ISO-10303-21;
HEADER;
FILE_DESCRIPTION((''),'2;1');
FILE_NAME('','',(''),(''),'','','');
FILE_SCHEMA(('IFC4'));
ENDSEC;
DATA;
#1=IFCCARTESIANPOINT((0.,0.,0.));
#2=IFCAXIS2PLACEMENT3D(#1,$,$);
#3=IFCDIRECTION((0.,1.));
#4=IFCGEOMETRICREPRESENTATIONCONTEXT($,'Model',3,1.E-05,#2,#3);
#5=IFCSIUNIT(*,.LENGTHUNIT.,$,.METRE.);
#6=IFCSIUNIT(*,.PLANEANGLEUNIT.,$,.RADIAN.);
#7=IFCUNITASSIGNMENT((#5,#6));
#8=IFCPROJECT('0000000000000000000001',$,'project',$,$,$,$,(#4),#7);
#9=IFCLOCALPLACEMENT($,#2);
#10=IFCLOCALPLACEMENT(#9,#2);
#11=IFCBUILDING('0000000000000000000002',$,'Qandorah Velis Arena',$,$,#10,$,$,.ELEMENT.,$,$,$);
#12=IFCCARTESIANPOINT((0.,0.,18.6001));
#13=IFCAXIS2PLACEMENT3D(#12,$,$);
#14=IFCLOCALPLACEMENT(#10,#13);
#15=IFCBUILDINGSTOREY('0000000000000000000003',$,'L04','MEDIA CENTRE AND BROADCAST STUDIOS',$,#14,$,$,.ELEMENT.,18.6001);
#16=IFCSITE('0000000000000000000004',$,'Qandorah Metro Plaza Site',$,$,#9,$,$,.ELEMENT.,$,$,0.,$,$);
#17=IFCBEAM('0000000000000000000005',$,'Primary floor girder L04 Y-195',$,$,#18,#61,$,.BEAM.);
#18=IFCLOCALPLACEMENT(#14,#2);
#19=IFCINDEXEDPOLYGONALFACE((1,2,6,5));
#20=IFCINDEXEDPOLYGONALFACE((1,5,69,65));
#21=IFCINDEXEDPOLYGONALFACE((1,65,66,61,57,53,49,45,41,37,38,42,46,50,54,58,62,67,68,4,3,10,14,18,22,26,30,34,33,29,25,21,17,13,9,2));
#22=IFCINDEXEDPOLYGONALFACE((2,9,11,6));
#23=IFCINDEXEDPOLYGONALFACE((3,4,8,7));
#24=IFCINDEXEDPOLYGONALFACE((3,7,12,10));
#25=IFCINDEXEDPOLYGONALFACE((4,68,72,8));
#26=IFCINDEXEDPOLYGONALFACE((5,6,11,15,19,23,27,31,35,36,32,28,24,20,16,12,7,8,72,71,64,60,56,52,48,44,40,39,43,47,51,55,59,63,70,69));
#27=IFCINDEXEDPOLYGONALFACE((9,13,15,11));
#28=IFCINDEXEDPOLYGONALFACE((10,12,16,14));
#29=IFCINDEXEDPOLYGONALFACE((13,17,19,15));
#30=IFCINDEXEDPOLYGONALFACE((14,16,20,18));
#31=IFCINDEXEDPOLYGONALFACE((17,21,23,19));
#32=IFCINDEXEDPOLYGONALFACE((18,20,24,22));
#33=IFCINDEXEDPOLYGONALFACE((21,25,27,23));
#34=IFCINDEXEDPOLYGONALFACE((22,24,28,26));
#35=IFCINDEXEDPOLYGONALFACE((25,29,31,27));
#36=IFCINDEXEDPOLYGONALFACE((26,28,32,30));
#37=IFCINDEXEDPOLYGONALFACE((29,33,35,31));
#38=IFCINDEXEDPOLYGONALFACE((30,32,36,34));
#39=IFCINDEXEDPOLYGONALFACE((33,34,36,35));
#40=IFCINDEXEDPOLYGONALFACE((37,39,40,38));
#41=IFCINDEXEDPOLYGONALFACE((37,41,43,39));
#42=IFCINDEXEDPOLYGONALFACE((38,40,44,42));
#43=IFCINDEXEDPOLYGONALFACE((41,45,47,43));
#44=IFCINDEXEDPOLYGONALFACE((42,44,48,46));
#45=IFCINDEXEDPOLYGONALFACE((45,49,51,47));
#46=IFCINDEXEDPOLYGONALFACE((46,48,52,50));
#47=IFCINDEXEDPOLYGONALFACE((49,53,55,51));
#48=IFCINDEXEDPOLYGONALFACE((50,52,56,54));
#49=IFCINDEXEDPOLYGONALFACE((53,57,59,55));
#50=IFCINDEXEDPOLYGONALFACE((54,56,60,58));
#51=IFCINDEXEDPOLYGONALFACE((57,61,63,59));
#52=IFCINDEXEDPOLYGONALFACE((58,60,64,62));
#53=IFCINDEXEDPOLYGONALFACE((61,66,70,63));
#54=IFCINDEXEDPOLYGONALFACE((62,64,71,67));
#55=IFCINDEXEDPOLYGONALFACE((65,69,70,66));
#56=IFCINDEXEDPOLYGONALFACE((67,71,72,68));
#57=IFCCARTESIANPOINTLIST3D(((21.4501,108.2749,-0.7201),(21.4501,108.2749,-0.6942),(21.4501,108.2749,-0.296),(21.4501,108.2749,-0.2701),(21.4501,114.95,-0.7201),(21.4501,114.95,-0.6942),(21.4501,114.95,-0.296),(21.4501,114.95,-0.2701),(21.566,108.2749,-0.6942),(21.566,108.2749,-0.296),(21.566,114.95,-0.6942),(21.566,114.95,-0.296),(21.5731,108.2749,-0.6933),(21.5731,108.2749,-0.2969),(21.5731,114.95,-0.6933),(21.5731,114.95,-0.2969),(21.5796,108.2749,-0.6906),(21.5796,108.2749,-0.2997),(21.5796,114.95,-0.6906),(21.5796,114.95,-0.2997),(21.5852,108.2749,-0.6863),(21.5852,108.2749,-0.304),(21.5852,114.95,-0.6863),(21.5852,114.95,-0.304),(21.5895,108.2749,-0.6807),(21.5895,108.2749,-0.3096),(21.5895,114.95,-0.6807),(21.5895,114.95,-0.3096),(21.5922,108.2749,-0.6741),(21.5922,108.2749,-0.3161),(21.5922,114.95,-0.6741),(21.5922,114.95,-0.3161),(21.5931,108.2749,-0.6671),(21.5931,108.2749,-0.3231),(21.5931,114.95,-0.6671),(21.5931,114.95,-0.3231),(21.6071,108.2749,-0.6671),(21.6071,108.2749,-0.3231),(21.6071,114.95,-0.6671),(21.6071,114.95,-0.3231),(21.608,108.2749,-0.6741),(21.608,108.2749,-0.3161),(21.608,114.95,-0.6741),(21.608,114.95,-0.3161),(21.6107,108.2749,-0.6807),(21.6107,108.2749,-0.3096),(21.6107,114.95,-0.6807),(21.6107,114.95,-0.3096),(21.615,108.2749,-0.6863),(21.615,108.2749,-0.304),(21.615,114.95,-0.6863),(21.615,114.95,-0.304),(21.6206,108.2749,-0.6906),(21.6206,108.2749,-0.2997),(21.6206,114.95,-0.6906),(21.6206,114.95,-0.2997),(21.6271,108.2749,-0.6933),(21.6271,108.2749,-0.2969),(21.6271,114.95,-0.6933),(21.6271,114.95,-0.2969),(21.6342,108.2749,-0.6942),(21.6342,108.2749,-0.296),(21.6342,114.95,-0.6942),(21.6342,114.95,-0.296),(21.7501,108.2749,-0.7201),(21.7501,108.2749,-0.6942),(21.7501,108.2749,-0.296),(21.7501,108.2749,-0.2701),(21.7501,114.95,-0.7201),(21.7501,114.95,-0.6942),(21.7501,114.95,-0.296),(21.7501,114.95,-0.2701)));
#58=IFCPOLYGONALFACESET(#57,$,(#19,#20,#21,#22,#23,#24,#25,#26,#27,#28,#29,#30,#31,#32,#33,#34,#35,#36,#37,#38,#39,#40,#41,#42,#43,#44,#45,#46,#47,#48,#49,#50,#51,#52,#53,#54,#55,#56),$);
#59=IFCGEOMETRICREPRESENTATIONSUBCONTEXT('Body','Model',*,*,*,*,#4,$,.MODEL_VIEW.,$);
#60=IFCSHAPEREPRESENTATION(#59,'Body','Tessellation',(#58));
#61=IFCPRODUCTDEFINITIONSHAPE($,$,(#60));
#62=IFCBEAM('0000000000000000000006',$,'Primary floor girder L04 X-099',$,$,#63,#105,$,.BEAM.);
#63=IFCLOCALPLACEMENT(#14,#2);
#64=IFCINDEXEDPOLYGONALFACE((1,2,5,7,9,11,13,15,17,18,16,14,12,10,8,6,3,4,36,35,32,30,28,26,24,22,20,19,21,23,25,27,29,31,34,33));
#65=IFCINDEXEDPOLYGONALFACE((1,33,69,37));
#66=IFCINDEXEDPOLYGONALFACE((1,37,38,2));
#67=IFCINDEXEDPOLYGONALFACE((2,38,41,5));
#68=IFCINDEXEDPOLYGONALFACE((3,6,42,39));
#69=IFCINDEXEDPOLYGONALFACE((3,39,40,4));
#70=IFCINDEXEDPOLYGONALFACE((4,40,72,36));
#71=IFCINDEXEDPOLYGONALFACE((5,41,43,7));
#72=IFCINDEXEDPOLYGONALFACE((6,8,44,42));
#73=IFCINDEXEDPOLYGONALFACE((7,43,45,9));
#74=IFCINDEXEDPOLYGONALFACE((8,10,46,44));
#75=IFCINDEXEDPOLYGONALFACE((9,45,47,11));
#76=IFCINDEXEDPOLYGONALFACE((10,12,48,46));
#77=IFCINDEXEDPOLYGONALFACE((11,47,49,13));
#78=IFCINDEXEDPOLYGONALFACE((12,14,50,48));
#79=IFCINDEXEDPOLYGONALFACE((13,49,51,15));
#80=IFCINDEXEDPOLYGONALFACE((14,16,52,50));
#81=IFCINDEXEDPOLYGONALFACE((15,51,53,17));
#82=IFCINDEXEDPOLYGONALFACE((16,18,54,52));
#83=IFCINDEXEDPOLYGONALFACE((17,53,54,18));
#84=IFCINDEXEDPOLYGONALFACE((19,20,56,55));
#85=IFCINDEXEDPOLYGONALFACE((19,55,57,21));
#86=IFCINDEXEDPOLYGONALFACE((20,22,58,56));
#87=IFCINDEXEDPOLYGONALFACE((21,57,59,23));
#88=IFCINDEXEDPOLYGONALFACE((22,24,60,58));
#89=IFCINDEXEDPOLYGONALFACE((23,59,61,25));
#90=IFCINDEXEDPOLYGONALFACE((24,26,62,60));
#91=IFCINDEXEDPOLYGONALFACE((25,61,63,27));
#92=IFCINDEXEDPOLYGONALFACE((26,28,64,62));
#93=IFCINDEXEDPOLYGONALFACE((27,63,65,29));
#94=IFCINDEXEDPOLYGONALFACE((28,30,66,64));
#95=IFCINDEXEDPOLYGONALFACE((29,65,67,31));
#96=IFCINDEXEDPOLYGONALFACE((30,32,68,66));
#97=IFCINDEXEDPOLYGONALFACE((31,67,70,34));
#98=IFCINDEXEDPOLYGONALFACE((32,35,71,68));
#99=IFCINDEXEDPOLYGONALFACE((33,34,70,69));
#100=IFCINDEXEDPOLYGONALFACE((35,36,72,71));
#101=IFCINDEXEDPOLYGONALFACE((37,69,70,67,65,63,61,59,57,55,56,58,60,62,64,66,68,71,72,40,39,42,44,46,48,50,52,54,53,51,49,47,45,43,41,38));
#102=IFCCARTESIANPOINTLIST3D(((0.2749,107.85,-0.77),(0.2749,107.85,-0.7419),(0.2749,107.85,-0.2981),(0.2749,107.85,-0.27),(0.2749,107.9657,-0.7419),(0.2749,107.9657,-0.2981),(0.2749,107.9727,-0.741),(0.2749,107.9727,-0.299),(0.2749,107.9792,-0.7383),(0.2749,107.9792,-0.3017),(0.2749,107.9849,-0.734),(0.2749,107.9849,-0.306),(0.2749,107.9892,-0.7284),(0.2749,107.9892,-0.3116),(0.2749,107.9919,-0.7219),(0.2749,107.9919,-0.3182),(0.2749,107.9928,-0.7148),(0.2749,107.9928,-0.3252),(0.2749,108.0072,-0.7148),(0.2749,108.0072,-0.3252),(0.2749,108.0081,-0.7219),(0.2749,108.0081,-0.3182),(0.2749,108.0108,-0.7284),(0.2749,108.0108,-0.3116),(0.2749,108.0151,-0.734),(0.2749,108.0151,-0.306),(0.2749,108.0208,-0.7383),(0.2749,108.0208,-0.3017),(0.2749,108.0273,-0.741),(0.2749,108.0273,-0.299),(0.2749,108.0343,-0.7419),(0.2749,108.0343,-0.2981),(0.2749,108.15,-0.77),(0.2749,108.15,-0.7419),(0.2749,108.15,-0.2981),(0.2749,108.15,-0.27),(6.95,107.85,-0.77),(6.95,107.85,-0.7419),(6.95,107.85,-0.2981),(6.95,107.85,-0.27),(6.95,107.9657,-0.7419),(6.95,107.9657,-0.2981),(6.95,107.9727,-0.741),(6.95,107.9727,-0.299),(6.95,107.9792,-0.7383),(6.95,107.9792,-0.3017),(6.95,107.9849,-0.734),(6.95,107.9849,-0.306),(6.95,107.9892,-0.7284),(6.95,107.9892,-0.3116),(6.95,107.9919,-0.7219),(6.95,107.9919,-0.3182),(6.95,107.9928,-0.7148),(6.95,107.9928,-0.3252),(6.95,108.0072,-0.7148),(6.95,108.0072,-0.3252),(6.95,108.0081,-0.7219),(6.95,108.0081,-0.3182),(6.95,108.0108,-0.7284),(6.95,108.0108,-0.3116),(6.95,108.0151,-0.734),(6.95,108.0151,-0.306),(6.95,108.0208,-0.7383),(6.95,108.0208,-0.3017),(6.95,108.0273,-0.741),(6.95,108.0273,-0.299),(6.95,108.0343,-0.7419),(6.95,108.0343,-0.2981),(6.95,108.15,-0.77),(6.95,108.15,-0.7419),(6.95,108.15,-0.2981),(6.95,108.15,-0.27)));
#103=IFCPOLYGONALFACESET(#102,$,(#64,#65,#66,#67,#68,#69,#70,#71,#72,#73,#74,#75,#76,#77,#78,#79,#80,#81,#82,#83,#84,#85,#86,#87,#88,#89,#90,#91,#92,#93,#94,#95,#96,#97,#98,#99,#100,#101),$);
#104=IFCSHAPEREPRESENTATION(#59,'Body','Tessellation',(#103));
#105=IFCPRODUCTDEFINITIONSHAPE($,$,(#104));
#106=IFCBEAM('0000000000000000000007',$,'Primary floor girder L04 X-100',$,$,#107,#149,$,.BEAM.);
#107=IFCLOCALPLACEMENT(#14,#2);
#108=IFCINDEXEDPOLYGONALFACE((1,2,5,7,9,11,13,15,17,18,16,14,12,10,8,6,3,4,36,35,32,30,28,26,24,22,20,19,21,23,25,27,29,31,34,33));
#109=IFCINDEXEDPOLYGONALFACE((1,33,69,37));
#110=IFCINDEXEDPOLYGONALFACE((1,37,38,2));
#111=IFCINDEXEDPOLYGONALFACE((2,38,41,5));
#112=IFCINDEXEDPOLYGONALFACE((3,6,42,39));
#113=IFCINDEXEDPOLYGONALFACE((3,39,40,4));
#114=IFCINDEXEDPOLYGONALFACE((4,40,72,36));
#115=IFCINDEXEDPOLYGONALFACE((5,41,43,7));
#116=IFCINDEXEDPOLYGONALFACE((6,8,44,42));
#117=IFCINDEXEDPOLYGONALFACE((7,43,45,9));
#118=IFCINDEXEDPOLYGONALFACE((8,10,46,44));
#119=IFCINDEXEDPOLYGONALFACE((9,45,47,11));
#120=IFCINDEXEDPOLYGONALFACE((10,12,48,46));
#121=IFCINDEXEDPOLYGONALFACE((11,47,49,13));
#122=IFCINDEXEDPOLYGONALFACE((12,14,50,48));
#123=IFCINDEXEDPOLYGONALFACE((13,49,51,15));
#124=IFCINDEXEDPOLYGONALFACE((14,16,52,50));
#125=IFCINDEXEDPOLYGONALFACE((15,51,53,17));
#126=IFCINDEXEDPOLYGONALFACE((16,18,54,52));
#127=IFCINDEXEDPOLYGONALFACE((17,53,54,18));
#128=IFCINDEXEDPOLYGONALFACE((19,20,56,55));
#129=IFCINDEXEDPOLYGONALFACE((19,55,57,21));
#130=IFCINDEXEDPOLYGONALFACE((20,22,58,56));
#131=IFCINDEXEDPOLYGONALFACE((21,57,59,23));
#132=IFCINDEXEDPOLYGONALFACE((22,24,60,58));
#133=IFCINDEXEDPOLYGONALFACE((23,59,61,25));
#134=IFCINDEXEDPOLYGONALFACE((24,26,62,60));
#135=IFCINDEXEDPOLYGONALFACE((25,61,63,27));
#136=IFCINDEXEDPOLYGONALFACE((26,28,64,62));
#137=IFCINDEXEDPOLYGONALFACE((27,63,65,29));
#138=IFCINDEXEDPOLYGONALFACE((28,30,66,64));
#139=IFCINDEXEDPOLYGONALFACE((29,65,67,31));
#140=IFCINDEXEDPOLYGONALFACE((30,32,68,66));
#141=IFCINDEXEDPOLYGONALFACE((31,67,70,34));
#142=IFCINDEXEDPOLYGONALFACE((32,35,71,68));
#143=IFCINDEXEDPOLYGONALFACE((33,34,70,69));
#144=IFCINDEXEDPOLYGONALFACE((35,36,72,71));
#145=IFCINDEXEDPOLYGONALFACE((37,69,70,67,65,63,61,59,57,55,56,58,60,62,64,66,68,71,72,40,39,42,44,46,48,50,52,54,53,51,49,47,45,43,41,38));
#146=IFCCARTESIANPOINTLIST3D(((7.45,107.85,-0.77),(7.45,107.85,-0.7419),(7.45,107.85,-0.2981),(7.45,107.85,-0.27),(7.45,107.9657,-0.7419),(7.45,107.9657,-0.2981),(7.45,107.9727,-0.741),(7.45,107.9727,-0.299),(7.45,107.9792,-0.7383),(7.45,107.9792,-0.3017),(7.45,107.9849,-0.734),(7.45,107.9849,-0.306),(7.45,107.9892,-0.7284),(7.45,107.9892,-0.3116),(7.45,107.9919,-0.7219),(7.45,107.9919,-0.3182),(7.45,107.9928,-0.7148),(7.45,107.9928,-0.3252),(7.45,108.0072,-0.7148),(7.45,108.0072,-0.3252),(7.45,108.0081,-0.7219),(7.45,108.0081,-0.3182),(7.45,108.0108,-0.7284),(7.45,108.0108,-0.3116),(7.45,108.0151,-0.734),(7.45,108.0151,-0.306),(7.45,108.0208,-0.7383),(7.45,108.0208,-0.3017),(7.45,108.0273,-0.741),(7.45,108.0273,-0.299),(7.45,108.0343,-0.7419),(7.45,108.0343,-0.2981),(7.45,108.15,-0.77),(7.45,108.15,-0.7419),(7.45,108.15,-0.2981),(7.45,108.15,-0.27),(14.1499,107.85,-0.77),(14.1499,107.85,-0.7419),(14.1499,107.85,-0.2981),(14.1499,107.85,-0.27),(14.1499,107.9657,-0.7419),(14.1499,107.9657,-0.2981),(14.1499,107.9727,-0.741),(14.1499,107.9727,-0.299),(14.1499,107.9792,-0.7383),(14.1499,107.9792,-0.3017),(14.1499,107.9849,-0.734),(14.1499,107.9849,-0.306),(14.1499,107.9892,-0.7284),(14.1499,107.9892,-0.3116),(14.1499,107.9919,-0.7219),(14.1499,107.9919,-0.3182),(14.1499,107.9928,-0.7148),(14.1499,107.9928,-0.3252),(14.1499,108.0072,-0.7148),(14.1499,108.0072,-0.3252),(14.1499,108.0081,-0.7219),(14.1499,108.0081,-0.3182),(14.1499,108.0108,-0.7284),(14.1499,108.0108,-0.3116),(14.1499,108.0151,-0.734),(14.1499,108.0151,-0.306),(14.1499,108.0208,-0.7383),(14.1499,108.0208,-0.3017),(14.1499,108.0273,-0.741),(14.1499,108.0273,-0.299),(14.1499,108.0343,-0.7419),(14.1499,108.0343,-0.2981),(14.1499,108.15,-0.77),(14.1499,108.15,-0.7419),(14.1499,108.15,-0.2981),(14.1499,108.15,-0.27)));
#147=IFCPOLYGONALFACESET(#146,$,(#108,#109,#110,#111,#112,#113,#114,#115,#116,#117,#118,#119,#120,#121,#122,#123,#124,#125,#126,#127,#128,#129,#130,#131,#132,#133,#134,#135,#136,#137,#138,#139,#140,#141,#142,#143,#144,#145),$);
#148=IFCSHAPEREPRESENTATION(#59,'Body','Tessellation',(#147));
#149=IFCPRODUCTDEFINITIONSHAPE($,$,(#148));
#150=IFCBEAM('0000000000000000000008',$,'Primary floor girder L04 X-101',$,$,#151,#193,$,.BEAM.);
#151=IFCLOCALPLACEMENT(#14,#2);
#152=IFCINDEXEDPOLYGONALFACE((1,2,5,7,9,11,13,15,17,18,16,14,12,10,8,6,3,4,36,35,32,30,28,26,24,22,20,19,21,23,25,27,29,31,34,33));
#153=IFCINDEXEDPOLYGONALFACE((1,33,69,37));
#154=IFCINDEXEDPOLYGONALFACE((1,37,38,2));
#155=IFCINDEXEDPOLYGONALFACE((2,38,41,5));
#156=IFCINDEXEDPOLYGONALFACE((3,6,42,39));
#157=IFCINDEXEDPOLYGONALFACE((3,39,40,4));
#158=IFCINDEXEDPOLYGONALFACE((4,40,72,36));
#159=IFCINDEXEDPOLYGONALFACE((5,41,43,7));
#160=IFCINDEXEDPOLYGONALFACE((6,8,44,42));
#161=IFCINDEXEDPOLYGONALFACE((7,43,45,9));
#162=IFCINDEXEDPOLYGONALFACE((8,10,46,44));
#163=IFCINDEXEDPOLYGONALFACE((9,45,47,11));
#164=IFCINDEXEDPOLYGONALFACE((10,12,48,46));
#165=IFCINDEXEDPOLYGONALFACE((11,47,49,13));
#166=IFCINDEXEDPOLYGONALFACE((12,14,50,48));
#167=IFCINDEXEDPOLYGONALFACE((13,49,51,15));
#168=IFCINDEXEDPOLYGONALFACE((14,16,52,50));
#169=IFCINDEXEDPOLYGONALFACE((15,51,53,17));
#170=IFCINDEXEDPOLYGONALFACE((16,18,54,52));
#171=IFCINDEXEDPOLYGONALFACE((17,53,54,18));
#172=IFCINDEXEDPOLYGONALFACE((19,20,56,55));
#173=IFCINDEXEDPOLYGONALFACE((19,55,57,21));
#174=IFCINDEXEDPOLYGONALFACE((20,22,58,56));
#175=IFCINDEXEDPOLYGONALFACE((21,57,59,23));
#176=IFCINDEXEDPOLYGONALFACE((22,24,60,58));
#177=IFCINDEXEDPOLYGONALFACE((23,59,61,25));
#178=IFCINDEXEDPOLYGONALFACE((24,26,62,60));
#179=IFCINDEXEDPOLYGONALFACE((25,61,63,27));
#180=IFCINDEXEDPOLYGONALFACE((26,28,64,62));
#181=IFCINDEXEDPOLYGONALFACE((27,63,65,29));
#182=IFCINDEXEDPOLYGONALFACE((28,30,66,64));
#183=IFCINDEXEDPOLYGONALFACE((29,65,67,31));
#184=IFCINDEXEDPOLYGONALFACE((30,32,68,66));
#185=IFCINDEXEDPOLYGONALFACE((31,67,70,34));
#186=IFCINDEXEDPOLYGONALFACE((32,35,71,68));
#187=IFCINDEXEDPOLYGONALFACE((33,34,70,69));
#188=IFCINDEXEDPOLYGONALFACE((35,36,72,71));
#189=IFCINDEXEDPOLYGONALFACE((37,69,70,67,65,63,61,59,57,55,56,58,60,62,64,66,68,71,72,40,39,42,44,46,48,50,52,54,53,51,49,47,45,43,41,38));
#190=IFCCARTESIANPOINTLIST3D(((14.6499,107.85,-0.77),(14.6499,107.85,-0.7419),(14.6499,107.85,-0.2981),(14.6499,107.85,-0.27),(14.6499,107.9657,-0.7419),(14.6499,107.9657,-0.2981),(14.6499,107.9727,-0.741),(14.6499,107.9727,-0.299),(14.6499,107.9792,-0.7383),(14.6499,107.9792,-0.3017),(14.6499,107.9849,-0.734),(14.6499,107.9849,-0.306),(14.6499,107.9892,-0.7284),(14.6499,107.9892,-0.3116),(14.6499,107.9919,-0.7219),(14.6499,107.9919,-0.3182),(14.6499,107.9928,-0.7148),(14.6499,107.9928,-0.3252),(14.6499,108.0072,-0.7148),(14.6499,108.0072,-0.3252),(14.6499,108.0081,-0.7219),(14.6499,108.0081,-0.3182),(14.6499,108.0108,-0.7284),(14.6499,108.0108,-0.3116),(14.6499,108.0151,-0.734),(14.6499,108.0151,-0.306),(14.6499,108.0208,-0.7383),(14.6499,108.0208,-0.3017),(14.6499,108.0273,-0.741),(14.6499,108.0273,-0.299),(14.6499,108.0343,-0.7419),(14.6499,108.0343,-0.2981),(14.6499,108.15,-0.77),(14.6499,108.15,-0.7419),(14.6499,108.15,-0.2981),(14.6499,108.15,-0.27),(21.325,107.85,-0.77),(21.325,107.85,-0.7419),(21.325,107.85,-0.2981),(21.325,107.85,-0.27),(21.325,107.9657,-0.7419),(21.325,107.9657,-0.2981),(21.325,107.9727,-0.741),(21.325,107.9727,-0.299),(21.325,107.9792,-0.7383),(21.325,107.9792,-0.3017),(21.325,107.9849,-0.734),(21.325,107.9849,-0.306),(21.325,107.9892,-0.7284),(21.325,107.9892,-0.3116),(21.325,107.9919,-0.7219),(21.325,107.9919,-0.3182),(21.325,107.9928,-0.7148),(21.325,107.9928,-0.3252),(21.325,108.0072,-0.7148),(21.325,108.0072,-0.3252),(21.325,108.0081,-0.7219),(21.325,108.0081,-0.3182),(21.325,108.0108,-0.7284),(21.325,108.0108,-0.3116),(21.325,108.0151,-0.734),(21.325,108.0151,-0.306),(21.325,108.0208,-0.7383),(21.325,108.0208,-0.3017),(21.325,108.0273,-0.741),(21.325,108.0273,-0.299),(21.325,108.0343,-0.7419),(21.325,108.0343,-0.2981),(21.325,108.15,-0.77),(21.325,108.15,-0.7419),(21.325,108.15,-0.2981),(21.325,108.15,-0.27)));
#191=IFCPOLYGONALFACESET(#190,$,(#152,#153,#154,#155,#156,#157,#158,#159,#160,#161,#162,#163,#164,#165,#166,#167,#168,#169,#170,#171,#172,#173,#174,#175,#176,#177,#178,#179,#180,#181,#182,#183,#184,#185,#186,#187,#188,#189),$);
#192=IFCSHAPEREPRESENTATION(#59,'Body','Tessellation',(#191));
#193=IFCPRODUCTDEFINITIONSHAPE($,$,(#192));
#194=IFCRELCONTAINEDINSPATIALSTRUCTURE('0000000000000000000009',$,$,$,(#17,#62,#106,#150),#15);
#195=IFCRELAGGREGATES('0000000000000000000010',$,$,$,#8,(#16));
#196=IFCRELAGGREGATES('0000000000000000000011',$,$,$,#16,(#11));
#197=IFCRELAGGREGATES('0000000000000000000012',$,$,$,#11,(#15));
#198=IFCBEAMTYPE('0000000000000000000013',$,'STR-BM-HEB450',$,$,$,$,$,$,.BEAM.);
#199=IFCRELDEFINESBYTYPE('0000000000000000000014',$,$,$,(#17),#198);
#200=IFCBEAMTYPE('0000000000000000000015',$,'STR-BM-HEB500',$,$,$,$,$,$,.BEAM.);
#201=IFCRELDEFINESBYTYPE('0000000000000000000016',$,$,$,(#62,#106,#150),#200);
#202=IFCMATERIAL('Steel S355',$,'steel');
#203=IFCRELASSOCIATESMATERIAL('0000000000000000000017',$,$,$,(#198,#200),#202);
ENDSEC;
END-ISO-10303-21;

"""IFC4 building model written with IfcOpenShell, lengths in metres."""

from ifc_helpers import new_model, si_unit, direction, frame, origin, origin_2d, place, context, subcontext, project, spatial, i_section, extrude, material, material_profile, profile_set, type_object, element, save


model = new_model("IFC4")

# Units and contexts
model_context = context("Model", 3, precision=1e-05, world=origin(), true_north=direction((0.0, 1.0)))
body_context = subcontext(model_context, "Body", "Model", "MODEL_VIEW")
ifc_project = project(units=[si_unit("LENGTHUNIT", "METRE"), si_unit("PLANEANGLEUNIT", "RADIAN")], contexts=[model_context])

# Site, building, storey
site_placement = place(None, origin())
site = spatial("IfcSite", under=ifc_project, at=site_placement, Name="Qandorah Metro Plaza Site", CompositionType="ELEMENT", RefElevation=0.0)
building_placement = place(site_placement, origin())
building = spatial("IfcBuilding", under=site, at=building_placement, Name="Qandorah Velis Arena", CompositionType="ELEMENT")
storey_placement = place(building_placement, frame((0.0, 0.0, 18.6001)))
storey = spatial("IfcBuildingStorey", under=building, at=storey_placement, Name="L04", Description="MEDIA CENTRE AND BROADCAST STUDIOS", CompositionType="ELEMENT", Elevation=18.6001)

# Shared definitions
ifc_material_1 = material(Name="Steel S355", Category="steel")

# Beams
ifc_material_profile_1 = material_profile(ifc_material_1, i_section(OverallWidth=0.3, OverallDepth=0.45, WebThickness=0.0139, FlangeThickness=0.0259, FilletRadius=0.0271, at=origin_2d()), Name="HEB 450")
ifc_profile_set_1 = profile_set([ifc_material_profile_1], Name="Steel S355")
beam_type_1 = type_object("IfcBeamType", Name="STR-BM-HEB450", PredefinedType="BEAM", material=ifc_profile_set_1)
beam_1_placement = place(storey_placement, frame((21.6001, 108.2749, -0.4951), z_axis=(0.0, 1.0, 0.0), x_axis=(-1.0, 0.0, 0.0)))
element("IfcBeam", 1, at=beam_1_placement, inside=storey, type_object=beam_type_1, Name="Primary floor girder L04 Y-195", PredefinedType="BEAM", context=body_context, shape_type="SweptSolid", body=[
    extrude(i_section(OverallWidth=0.3, OverallDepth=0.45, WebThickness=0.0139, FlangeThickness=0.0259, FilletRadius=0.0271, at=origin_2d()), origin(), (0.0, 0.0, 1.0), 6.675),
])
ifc_material_profile_2 = material_profile(ifc_material_1, i_section(OverallWidth=0.3, OverallDepth=0.5, WebThickness=0.0144, FlangeThickness=0.0281, FilletRadius=0.0271, at=origin_2d()), Name="HEB 500")
ifc_profile_set_2 = profile_set([ifc_material_profile_2], Name="Steel S355")
beam_type_2 = type_object("IfcBeamType", Name="STR-BM-HEB500", PredefinedType="BEAM", material=ifc_profile_set_2)
beam_2_placement = place(storey_placement, frame((0.2749, 108.0, -0.52), z_axis=(1.0, 0.0, 0.0), x_axis=(0.0, 1.0, 0.0)))
element("IfcBeam", 2, at=beam_2_placement, inside=storey, type_object=beam_type_2, Name="Primary floor girder L04 X-099", PredefinedType="BEAM", context=body_context, shape_type="SweptSolid", body=[
    extrude(i_section(OverallWidth=0.3, OverallDepth=0.5, WebThickness=0.0144, FlangeThickness=0.0281, FilletRadius=0.0271, at=origin_2d()), origin(), (0.0, 0.0, 1.0), 6.675),
])
beam_3_placement = place(storey_placement, frame((7.45, 108.0, -0.52), z_axis=(1.0, 0.0, 0.0), x_axis=(0.0, 1.0, 0.0)))
element("IfcBeam", 3, at=beam_3_placement, inside=storey, type_object=beam_type_2, Name="Primary floor girder L04 X-100", PredefinedType="BEAM", context=body_context, shape_type="SweptSolid", body=[
    extrude(i_section(OverallWidth=0.3, OverallDepth=0.5, WebThickness=0.0144, FlangeThickness=0.0281, FilletRadius=0.0271, at=origin_2d()), origin(), (0.0, 0.0, 1.0), 6.7),
])
beam_4_placement = place(storey_placement, frame((14.6499, 108.0, -0.52), z_axis=(1.0, 0.0, 0.0), x_axis=(0.0, 1.0, 0.0)))
element("IfcBeam", 4, at=beam_4_placement, inside=storey, type_object=beam_type_2, Name="Primary floor girder L04 X-101", PredefinedType="BEAM", context=body_context, shape_type="SweptSolid", body=[
    extrude(i_section(OverallWidth=0.3, OverallDepth=0.5, WebThickness=0.0144, FlangeThickness=0.0281, FilletRadius=0.0271, at=origin_2d()), origin(), (0.0, 0.0, 1.0), 6.675),
])

save(model, "model.ifc")
